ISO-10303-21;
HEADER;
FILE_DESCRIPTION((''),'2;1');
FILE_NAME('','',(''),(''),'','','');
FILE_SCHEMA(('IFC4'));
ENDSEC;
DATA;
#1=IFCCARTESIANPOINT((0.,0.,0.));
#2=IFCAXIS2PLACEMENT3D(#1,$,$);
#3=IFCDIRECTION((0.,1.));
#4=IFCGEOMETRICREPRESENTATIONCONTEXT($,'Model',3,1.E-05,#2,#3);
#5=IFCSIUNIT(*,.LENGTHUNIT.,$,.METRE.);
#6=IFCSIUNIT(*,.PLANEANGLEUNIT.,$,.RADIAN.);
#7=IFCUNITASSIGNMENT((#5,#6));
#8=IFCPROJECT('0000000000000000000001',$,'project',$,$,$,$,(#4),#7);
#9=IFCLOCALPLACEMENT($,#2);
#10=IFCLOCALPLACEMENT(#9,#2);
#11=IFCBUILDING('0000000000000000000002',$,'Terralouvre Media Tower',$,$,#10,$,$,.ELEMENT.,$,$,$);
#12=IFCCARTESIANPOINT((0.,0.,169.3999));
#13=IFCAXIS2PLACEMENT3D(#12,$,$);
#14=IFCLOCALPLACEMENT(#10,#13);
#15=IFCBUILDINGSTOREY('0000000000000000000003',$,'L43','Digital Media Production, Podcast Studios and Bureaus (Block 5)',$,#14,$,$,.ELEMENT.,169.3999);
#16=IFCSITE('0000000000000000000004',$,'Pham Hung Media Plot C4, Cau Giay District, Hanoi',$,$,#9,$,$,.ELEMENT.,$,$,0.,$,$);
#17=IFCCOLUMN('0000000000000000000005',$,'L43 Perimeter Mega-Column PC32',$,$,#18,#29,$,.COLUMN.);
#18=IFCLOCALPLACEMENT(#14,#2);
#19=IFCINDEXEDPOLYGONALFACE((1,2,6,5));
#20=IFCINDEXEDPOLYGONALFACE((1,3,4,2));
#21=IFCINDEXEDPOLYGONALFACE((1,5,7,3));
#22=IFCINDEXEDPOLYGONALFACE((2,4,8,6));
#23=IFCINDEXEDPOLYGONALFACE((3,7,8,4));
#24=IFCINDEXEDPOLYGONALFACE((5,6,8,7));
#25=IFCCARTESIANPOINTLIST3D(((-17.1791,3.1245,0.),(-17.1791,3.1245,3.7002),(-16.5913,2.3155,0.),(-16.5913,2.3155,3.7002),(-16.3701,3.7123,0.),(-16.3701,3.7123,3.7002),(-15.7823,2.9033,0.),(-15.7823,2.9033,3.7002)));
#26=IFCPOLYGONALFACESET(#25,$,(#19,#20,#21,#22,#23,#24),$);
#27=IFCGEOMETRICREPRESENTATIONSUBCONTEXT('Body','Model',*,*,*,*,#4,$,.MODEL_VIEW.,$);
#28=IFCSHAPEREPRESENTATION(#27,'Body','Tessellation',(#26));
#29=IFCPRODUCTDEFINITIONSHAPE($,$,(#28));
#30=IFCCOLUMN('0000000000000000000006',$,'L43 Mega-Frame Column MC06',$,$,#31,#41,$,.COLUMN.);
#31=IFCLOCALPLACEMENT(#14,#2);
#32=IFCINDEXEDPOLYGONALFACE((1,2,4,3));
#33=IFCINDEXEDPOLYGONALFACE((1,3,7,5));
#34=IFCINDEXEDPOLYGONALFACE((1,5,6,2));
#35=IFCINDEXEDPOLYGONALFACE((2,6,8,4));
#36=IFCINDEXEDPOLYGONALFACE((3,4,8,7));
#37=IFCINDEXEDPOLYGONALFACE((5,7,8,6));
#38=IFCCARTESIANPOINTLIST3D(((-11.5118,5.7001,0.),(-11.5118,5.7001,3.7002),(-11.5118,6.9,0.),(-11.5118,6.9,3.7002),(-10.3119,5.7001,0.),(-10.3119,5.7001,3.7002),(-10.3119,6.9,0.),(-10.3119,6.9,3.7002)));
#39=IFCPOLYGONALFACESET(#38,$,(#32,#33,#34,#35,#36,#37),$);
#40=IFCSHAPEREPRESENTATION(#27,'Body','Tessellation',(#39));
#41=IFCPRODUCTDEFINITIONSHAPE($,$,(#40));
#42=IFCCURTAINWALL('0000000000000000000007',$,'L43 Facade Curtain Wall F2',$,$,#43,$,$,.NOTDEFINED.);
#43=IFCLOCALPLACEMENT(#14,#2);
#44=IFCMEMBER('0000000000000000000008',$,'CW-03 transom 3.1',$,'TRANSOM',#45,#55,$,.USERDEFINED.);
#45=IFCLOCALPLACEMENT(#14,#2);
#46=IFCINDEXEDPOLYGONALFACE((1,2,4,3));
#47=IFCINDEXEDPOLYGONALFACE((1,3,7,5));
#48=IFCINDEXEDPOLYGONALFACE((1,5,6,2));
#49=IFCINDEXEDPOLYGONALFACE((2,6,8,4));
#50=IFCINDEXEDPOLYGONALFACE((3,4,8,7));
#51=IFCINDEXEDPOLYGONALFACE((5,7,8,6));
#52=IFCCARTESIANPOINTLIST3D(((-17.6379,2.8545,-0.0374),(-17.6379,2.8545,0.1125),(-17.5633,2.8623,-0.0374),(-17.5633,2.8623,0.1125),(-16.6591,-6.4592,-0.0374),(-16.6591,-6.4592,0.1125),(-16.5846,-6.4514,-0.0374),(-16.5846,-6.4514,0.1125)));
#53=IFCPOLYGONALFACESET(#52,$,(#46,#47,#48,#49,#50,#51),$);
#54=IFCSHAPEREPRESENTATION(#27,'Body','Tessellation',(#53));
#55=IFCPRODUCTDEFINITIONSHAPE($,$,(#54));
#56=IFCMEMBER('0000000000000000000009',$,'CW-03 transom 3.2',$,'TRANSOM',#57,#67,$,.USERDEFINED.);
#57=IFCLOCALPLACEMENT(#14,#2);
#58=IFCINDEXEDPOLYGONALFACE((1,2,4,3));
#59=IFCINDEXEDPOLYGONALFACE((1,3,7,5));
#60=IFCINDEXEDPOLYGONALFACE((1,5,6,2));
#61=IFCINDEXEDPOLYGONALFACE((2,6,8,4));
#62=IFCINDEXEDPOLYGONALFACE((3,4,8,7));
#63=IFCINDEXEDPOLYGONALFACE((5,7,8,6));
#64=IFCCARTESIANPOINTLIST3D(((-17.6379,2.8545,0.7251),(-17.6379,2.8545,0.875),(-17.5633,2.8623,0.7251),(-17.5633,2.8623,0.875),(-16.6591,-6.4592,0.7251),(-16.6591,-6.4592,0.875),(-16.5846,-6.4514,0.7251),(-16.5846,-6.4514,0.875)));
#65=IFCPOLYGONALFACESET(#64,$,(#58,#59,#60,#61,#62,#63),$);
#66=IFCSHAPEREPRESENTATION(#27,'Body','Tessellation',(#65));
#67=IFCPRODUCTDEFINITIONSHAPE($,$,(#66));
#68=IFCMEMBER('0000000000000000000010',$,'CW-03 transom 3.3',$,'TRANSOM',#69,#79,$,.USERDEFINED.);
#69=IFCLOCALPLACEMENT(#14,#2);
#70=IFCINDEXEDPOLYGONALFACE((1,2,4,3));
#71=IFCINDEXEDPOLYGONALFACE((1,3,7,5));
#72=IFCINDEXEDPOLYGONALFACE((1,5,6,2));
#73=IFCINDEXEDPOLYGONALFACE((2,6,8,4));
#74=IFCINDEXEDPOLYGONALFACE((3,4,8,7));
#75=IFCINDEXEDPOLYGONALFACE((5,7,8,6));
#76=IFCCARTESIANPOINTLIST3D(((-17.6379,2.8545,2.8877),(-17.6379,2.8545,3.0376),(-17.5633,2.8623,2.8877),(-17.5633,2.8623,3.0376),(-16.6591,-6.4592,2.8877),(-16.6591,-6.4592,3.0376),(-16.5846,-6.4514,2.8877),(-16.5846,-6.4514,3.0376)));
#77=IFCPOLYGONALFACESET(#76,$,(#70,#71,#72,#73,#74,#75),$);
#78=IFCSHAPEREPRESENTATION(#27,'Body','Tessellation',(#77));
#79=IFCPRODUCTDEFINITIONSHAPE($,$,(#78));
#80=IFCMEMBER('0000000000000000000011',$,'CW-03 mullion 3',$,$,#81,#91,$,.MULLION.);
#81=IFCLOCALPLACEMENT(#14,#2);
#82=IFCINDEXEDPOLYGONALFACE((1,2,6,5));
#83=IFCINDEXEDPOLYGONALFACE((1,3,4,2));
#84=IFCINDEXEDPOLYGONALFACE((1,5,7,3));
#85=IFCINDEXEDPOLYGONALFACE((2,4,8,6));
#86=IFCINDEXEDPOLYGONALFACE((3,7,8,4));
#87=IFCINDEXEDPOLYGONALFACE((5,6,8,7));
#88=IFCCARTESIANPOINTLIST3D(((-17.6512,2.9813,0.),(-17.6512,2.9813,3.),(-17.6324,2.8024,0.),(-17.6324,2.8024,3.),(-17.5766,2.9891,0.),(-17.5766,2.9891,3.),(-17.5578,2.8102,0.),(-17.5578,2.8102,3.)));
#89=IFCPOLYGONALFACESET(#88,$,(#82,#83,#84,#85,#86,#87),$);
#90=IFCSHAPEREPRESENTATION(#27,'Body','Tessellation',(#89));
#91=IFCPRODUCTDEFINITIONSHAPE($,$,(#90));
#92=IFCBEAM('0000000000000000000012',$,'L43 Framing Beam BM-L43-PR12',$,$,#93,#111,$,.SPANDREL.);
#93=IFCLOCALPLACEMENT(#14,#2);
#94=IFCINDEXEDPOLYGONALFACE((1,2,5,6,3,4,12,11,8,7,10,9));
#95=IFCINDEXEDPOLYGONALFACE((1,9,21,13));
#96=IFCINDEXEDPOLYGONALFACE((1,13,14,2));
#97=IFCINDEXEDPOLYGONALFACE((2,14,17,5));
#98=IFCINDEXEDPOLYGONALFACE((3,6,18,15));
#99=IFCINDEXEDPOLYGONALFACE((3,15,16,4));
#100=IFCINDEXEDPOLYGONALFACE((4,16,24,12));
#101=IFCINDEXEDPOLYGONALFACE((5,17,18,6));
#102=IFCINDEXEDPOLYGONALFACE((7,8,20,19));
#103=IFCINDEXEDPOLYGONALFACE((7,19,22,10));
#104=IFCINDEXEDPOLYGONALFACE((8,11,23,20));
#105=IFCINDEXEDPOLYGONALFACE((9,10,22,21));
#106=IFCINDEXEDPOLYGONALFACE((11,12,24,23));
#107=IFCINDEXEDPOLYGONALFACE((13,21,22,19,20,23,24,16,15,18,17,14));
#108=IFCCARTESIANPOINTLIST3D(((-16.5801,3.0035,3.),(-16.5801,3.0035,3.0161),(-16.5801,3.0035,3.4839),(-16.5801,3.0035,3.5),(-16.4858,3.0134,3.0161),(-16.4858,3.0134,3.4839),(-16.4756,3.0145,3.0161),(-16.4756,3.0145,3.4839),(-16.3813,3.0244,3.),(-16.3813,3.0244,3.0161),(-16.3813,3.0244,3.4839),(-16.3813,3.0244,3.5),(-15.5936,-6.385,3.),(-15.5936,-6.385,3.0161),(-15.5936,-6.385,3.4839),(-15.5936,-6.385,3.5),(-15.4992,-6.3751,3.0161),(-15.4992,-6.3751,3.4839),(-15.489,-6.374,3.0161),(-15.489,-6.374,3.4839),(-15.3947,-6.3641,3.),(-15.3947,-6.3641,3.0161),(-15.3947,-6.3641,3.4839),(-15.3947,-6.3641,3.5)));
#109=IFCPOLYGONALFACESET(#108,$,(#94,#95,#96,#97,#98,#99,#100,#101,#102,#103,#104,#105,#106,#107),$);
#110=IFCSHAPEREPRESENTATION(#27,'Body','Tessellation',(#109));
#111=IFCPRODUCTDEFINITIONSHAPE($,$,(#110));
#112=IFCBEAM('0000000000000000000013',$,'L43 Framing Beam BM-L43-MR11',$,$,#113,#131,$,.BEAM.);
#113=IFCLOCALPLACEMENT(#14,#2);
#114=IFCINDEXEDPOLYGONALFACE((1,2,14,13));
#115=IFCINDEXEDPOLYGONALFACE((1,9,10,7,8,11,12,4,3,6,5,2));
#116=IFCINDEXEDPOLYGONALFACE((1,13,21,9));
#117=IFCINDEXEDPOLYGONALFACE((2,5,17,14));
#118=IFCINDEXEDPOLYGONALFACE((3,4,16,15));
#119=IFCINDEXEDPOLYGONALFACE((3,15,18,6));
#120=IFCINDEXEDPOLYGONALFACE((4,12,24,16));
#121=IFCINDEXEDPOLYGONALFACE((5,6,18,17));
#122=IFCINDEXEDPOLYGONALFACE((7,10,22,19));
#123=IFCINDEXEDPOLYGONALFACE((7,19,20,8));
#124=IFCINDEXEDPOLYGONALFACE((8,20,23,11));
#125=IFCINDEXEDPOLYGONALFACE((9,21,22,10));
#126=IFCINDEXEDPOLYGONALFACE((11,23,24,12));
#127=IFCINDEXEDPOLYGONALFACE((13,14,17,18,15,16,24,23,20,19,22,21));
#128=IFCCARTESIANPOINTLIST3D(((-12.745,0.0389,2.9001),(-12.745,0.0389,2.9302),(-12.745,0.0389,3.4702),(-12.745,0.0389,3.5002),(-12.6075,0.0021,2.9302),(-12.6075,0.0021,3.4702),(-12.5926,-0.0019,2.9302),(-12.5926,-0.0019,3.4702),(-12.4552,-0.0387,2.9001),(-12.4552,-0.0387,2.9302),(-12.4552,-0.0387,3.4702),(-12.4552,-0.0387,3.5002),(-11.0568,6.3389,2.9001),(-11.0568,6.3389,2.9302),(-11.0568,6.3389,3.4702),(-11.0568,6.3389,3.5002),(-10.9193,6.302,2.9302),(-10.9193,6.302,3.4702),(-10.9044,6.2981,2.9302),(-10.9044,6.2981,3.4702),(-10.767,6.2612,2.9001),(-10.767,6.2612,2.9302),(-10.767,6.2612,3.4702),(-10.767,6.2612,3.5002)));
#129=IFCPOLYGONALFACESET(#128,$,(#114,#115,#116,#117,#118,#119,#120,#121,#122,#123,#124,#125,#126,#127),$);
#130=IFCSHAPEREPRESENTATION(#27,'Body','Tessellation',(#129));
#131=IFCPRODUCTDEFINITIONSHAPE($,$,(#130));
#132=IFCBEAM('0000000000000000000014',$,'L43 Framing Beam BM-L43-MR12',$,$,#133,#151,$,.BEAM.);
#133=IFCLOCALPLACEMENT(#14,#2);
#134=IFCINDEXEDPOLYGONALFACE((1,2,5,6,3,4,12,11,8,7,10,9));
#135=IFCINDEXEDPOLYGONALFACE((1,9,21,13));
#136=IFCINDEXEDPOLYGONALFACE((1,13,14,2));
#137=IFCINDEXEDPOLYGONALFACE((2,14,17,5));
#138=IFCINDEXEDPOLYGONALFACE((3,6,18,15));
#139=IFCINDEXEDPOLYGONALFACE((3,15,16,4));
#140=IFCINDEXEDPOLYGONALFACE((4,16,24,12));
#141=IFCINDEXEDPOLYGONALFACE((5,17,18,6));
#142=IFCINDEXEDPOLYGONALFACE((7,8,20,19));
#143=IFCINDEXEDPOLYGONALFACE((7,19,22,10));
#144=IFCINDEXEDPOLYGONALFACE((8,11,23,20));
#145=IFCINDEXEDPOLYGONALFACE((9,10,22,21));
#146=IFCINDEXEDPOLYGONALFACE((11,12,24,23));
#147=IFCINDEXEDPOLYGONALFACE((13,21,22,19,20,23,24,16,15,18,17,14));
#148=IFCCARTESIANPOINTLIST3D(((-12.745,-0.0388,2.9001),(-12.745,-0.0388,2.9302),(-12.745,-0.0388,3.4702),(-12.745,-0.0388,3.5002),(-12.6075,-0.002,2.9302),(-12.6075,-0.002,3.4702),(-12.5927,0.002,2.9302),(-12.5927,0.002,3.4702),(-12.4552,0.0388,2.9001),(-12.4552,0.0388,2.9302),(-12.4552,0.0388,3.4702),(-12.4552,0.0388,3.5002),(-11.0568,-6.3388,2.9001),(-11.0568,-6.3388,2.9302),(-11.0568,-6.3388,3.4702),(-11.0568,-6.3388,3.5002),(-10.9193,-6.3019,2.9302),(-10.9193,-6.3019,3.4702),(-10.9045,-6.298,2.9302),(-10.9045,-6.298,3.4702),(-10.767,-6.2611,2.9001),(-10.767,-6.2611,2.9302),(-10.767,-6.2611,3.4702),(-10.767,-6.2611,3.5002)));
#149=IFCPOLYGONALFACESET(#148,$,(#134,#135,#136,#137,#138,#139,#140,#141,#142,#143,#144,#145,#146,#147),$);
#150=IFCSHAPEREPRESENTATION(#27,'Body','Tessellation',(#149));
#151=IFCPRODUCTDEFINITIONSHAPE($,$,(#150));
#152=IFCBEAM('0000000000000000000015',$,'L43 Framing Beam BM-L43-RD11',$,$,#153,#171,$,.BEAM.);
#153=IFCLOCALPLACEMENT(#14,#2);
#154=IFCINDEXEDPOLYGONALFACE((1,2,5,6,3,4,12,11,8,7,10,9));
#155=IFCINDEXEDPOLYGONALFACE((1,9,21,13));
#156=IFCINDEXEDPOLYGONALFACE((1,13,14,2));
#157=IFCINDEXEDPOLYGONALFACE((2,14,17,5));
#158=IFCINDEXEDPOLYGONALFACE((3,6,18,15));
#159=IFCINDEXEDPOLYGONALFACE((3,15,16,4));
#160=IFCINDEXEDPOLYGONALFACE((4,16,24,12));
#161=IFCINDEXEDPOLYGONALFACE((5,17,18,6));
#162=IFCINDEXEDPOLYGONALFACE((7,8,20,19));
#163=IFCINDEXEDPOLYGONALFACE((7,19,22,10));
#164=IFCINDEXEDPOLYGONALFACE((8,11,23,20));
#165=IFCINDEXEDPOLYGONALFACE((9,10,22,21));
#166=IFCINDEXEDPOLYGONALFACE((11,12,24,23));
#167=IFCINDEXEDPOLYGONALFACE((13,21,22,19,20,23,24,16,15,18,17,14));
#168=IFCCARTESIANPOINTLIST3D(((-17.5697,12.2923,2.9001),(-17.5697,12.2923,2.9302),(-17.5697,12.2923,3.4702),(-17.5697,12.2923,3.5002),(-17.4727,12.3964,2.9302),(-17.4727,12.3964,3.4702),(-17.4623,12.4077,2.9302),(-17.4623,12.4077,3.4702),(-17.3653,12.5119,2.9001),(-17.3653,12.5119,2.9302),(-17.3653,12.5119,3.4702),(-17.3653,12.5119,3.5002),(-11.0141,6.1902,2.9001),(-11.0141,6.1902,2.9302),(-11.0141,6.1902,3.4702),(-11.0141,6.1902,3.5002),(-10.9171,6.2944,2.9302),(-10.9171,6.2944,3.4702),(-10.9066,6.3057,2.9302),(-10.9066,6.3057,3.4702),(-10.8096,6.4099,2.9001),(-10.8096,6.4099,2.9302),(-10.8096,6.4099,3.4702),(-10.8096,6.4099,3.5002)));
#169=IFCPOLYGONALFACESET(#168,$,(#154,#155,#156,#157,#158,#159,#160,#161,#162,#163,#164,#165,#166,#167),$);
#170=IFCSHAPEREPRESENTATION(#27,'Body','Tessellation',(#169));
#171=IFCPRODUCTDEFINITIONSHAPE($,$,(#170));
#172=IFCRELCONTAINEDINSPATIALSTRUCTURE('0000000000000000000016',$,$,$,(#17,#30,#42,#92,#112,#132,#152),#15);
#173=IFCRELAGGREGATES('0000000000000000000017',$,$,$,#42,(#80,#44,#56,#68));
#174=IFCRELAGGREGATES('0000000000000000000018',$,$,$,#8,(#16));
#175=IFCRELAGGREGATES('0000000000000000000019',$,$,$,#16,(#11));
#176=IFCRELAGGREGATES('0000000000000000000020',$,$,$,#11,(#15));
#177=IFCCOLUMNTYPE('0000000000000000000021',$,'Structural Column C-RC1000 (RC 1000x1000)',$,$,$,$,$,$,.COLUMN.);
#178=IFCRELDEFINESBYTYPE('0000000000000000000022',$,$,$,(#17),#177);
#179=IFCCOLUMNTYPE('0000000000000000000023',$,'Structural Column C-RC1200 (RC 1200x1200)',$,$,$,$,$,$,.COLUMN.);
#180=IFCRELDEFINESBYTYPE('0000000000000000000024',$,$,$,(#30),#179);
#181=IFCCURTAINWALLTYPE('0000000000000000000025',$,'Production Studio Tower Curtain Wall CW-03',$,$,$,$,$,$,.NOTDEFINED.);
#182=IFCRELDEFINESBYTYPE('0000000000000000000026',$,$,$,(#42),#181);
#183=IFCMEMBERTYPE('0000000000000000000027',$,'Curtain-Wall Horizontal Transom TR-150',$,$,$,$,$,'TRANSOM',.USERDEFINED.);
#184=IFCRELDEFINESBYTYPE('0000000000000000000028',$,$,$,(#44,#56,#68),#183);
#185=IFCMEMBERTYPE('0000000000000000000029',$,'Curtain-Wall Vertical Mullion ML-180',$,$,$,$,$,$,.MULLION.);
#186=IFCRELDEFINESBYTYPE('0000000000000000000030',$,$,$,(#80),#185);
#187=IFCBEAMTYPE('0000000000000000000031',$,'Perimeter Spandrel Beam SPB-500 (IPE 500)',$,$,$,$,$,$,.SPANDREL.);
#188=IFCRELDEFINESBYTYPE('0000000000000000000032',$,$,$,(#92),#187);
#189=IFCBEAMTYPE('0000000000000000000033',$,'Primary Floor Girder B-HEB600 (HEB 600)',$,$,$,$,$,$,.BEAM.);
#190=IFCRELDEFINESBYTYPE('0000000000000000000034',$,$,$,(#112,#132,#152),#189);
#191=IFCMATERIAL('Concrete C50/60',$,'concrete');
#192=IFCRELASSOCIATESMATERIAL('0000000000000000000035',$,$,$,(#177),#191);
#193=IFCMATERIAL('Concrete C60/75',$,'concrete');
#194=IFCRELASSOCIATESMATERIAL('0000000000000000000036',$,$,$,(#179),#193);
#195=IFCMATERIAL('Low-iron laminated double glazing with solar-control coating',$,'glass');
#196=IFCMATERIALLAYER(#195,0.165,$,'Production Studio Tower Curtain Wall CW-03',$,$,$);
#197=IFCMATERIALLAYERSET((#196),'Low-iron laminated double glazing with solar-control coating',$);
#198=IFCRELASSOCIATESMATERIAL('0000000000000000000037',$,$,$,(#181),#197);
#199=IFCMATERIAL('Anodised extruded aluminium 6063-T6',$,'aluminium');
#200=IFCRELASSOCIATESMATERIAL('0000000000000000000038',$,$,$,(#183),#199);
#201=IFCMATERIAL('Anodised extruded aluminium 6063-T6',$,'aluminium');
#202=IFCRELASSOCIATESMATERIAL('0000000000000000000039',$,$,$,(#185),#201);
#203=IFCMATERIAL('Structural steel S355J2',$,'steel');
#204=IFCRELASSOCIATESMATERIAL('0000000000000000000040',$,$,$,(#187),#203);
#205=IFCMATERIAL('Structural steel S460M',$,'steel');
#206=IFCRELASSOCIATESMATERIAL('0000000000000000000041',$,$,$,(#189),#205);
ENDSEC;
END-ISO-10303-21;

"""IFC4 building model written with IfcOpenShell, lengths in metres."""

from ifc_helpers import new_model, si_unit, direction, frame, origin, origin_2d, place, context, subcontext, project, spatial, rectangle, i_section, extrude, material, layer, layer_set, material_profile, profile_set, type_object, element, aggregate, save


model = new_model("IFC4")

# Units and contexts
model_context = context("Model", 3, precision=1e-05, world=origin(), true_north=direction((0.0, 1.0)))
body_context = subcontext(model_context, "Body", "Model", "MODEL_VIEW")
ifc_project = project(units=[si_unit("LENGTHUNIT", "METRE"), si_unit("PLANEANGLEUNIT", "RADIAN")], contexts=[model_context])

# Site, building, storey
site_placement = place(None, origin())
site = spatial("IfcSite", under=ifc_project, at=site_placement, Name="Pham Hung Media Plot C4, Cau Giay District, Hanoi", CompositionType="ELEMENT", RefElevation=0.0)
building_placement = place(site_placement, origin())
building = spatial("IfcBuilding", under=site, at=building_placement, Name="Terralouvre Media Tower", CompositionType="ELEMENT")
storey_placement = place(building_placement, frame((0.0, 0.0, 169.3999)))
storey = spatial("IfcBuildingStorey", under=building, at=storey_placement, Name="L43", Description="Digital Media Production, Podcast Studios and Bureaus (Block 5)", CompositionType="ELEMENT", Elevation=169.3999)

# Columns
ifc_material_1 = material(Name="Concrete C50/60", Category="concrete")
ifc_material_profile_1 = material_profile(ifc_material_1, rectangle(XDim=1.0, YDim=1.0, at=origin_2d()), Name="RC 1000x1000")
ifc_profile_set_1 = profile_set([ifc_material_profile_1], Name="Concrete C50/60")
column_type_1 = type_object("IfcColumnType", Name="Structural Column C-RC1000 (RC 1000x1000)", PredefinedType="COLUMN", material=ifc_profile_set_1)
column_1_placement = place(storey_placement, frame((-16.4807, 3.0139, 0.0), z_axis=(0.0, 0.0, 1.0), x_axis=(0.809017, 0.587785, 0.0)))
element("IfcColumn", 1, at=column_1_placement, inside=storey, type_object=column_type_1, Name="L43 Perimeter Mega-Column PC32", PredefinedType="COLUMN", context=body_context, shape_type="SweptSolid", body=[
    extrude(rectangle(XDim=1.0, YDim=1.0, at=origin_2d()), origin(), (0.0, 0.0, 1.0), 3.7002),
])
ifc_material_2 = material(Name="Concrete C60/75", Category="concrete")
ifc_material_profile_2 = material_profile(ifc_material_2, rectangle(XDim=1.2, YDim=1.2, at=origin_2d()), Name="RC 1200x1200")
ifc_profile_set_2 = profile_set([ifc_material_profile_2], Name="Concrete C60/75")
column_type_2 = type_object("IfcColumnType", Name="Structural Column C-RC1200 (RC 1200x1200)", PredefinedType="COLUMN", material=ifc_profile_set_2)
column_2_placement = place(storey_placement, frame((-10.9119, 6.3, 0.0), z_axis=(0.0, 0.0, 1.0), x_axis=(1.0, 0.0, 0.0)))
element("IfcColumn", 2, at=column_2_placement, inside=storey, type_object=column_type_2, Name="L43 Mega-Frame Column MC06", PredefinedType="COLUMN", context=body_context, shape_type="SweptSolid", body=[
    extrude(rectangle(XDim=1.2, YDim=1.2, at=origin_2d()), origin(), (0.0, 0.0, 1.0), 3.7002),
])

# Curtain wall, members
ifc_material_3 = material(Name="Low-iron laminated double glazing with solar-control coating", Category="glass")
ifc_layer_1 = layer(ifc_material_3, 0.165, Name="Production Studio Tower Curtain Wall CW-03")
ifc_layer_set_1 = layer_set([ifc_layer_1], Name="Low-iron laminated double glazing with solar-control coating")
curtain_wall_type = type_object("IfcCurtainWallType", Name="Production Studio Tower Curtain Wall CW-03", PredefinedType="NOTDEFINED", material=ifc_layer_set_1)
curtain_wall_placement = place(storey_placement, origin())
curtain_wall = element("IfcCurtainWall", 3, at=curtain_wall_placement, inside=storey, type_object=curtain_wall_type, Name="L43 Facade Curtain Wall F2", PredefinedType="NOTDEFINED")
ifc_material_4 = material(Name="Anodised extruded aluminium 6063-T6", Category="aluminium")
ifc_material_profile_3 = material_profile(ifc_material_4, rectangle(XDim=0.075, YDim=0.1499, at=origin_2d()), Name="ALU 75x150")
ifc_profile_set_3 = profile_set([ifc_material_profile_3], Name="Anodised extruded aluminium 6063-T6")
member_type_1 = type_object("IfcMemberType", Name="Curtain-Wall Horizontal Transom TR-150", ElementType="TRANSOM", PredefinedType="USERDEFINED", material=ifc_profile_set_3)
member_1_placement = place(storey_placement, frame((-17.6006, 2.8584, 0.0376), z_axis=(0.104512, -0.994524, 0.0), x_axis=(0.994524, 0.104512, 0.0)))
member_1 = element("IfcMember", 4, at=member_1_placement, type_object=member_type_1, Name="CW-03 transom 3.1", ObjectType="TRANSOM", PredefinedType="USERDEFINED", context=body_context, shape_type="SweptSolid", body=[
    extrude(rectangle(XDim=0.075, YDim=0.1499, at=origin_2d()), origin(), (0.0, 0.0, 1.0), 9.365),
])
member_2_placement = place(storey_placement, frame((-17.6006, 2.8584, 0.8), z_axis=(0.104512, -0.994524, 0.0), x_axis=(0.994524, 0.104512, 0.0)))
member_2 = element("IfcMember", 5, at=member_2_placement, type_object=member_type_1, Name="CW-03 transom 3.2", ObjectType="TRANSOM", PredefinedType="USERDEFINED", context=body_context, shape_type="SweptSolid", body=[
    extrude(rectangle(XDim=0.075, YDim=0.1499, at=origin_2d()), origin(), (0.0, 0.0, 1.0), 9.365),
])
member_3_placement = place(storey_placement, frame((-17.6006, 2.8584, 2.9626), z_axis=(0.104512, -0.994524, 0.0), x_axis=(0.994524, 0.104512, 0.0)))
member_3 = element("IfcMember", 6, at=member_3_placement, type_object=member_type_1, Name="CW-03 transom 3.3", ObjectType="TRANSOM", PredefinedType="USERDEFINED", context=body_context, shape_type="SweptSolid", body=[
    extrude(rectangle(XDim=0.075, YDim=0.1499, at=origin_2d()), origin(), (0.0, 0.0, 1.0), 9.365),
])
ifc_material_5 = material(Name="Anodised extruded aluminium 6063-T6", Category="aluminium")
ifc_material_profile_4 = material_profile(ifc_material_5, rectangle(XDim=0.075, YDim=0.1799, at=origin_2d()), Name="ALU 75x180")
ifc_profile_set_4 = profile_set([ifc_material_profile_4], Name="Anodised extruded aluminium 6063-T6")
member_type_2 = type_object("IfcMemberType", Name="Curtain-Wall Vertical Mullion ML-180", PredefinedType="MULLION", material=ifc_profile_set_4)
member_4_placement = place(storey_placement, frame((-17.6045, 2.8958, 0.0), z_axis=(0.0, 0.0, 1.0), x_axis=(0.994522, 0.104528, 0.0)))
member_4 = element("IfcMember", 7, at=member_4_placement, type_object=member_type_2, Name="CW-03 mullion 3", PredefinedType="MULLION", context=body_context, shape_type="SweptSolid", body=[
    extrude(rectangle(XDim=0.075, YDim=0.1799, at=origin_2d()), origin(), (0.0, 0.0, 1.0), 3.0),
])

# Beams
ifc_material_6 = material(Name="Structural steel S355J2", Category="steel")
ifc_material_profile_5 = material_profile(ifc_material_6, i_section(OverallWidth=0.2, OverallDepth=0.5, WebThickness=0.0103, FlangeThickness=0.0161, at=origin_2d()), Name="IPE 500")
ifc_profile_set_5 = profile_set([ifc_material_profile_5], Name="Structural steel S355J2")
beam_type_1 = type_object("IfcBeamType", Name="Perimeter Spandrel Beam SPB-500 (IPE 500)", PredefinedType="SPANDREL", material=ifc_profile_set_5)
beam_1_placement = place(storey_placement, frame((-16.4807, 3.0139, 3.25), z_axis=(0.104508, -0.994524, 0.0), x_axis=(0.994524, 0.104508, 0.0)))
element("IfcBeam", 8, at=beam_1_placement, inside=storey, type_object=beam_type_1, Name="L43 Framing Beam BM-L43-PR12", PredefinedType="SPANDREL", context=body_context, shape_type="SweptSolid", body=[
    extrude(i_section(OverallWidth=0.2, OverallDepth=0.5, WebThickness=0.0103, FlangeThickness=0.0161, at=origin_2d()), origin(), (0.0, 0.0, 1.0), 9.4402),
])
ifc_material_7 = material(Name="Structural steel S460M", Category="steel")
ifc_material_profile_6 = material_profile(ifc_material_7, i_section(OverallWidth=0.3, OverallDepth=0.6001, WebThickness=0.0154, FlangeThickness=0.03, at=origin_2d()), Name="HEB 600")
ifc_profile_set_6 = profile_set([ifc_material_profile_6], Name="Structural steel S460M")
beam_type_2 = type_object("IfcBeamType", Name="Primary Floor Girder B-HEB600 (HEB 600)", PredefinedType="BEAM", material=ifc_profile_set_6)
for number, where, z_axis, x_axis, name in (
    (9, (-10.9119, 6.3, 3.2002), (-0.258839, -0.96592, 0.0), (0.96592, -0.258839, 0.0), "L43 Framing Beam BM-L43-MR11"),
    (10, (-12.6001, 0.0, 3.2002), (0.258839, -0.96592, 0.0), (0.96592, 0.258839, 0.0), "L43 Framing Beam BM-L43-MR12"),
):
    element("IfcBeam", number, at=place(storey_placement, frame(where, z_axis=z_axis, x_axis=x_axis)), inside=storey, type_object=beam_type_2, Name=name, PredefinedType="BEAM", context=body_context, shape_type="SweptSolid", body=[
        extrude(i_section(OverallWidth=0.3, OverallDepth=0.6001, WebThickness=0.0154, FlangeThickness=0.03, at=origin_2d()), origin(), (0.0, 0.0, 1.0), 6.5222),
    ])
beam_2_placement = place(storey_placement, frame((-10.9119, 6.3, 3.2002), z_axis=(-0.731977, 0.681329, 0.0), x_axis=(-0.681329, -0.731977, 0.0)))
element("IfcBeam", 11, at=beam_2_placement, inside=storey, type_object=beam_type_2, Name="L43 Framing Beam BM-L43-RD11", PredefinedType="BEAM", context=body_context, shape_type="SweptSolid", body=[
    extrude(i_section(OverallWidth=0.3, OverallDepth=0.6001, WebThickness=0.0154, FlangeThickness=0.03, at=origin_2d()), origin(), (0.0, 0.0, 1.0), 8.9561),
])

aggregate(curtain_wall, [member_4, member_1, member_2, member_3])

save(model, "model.ifc")
